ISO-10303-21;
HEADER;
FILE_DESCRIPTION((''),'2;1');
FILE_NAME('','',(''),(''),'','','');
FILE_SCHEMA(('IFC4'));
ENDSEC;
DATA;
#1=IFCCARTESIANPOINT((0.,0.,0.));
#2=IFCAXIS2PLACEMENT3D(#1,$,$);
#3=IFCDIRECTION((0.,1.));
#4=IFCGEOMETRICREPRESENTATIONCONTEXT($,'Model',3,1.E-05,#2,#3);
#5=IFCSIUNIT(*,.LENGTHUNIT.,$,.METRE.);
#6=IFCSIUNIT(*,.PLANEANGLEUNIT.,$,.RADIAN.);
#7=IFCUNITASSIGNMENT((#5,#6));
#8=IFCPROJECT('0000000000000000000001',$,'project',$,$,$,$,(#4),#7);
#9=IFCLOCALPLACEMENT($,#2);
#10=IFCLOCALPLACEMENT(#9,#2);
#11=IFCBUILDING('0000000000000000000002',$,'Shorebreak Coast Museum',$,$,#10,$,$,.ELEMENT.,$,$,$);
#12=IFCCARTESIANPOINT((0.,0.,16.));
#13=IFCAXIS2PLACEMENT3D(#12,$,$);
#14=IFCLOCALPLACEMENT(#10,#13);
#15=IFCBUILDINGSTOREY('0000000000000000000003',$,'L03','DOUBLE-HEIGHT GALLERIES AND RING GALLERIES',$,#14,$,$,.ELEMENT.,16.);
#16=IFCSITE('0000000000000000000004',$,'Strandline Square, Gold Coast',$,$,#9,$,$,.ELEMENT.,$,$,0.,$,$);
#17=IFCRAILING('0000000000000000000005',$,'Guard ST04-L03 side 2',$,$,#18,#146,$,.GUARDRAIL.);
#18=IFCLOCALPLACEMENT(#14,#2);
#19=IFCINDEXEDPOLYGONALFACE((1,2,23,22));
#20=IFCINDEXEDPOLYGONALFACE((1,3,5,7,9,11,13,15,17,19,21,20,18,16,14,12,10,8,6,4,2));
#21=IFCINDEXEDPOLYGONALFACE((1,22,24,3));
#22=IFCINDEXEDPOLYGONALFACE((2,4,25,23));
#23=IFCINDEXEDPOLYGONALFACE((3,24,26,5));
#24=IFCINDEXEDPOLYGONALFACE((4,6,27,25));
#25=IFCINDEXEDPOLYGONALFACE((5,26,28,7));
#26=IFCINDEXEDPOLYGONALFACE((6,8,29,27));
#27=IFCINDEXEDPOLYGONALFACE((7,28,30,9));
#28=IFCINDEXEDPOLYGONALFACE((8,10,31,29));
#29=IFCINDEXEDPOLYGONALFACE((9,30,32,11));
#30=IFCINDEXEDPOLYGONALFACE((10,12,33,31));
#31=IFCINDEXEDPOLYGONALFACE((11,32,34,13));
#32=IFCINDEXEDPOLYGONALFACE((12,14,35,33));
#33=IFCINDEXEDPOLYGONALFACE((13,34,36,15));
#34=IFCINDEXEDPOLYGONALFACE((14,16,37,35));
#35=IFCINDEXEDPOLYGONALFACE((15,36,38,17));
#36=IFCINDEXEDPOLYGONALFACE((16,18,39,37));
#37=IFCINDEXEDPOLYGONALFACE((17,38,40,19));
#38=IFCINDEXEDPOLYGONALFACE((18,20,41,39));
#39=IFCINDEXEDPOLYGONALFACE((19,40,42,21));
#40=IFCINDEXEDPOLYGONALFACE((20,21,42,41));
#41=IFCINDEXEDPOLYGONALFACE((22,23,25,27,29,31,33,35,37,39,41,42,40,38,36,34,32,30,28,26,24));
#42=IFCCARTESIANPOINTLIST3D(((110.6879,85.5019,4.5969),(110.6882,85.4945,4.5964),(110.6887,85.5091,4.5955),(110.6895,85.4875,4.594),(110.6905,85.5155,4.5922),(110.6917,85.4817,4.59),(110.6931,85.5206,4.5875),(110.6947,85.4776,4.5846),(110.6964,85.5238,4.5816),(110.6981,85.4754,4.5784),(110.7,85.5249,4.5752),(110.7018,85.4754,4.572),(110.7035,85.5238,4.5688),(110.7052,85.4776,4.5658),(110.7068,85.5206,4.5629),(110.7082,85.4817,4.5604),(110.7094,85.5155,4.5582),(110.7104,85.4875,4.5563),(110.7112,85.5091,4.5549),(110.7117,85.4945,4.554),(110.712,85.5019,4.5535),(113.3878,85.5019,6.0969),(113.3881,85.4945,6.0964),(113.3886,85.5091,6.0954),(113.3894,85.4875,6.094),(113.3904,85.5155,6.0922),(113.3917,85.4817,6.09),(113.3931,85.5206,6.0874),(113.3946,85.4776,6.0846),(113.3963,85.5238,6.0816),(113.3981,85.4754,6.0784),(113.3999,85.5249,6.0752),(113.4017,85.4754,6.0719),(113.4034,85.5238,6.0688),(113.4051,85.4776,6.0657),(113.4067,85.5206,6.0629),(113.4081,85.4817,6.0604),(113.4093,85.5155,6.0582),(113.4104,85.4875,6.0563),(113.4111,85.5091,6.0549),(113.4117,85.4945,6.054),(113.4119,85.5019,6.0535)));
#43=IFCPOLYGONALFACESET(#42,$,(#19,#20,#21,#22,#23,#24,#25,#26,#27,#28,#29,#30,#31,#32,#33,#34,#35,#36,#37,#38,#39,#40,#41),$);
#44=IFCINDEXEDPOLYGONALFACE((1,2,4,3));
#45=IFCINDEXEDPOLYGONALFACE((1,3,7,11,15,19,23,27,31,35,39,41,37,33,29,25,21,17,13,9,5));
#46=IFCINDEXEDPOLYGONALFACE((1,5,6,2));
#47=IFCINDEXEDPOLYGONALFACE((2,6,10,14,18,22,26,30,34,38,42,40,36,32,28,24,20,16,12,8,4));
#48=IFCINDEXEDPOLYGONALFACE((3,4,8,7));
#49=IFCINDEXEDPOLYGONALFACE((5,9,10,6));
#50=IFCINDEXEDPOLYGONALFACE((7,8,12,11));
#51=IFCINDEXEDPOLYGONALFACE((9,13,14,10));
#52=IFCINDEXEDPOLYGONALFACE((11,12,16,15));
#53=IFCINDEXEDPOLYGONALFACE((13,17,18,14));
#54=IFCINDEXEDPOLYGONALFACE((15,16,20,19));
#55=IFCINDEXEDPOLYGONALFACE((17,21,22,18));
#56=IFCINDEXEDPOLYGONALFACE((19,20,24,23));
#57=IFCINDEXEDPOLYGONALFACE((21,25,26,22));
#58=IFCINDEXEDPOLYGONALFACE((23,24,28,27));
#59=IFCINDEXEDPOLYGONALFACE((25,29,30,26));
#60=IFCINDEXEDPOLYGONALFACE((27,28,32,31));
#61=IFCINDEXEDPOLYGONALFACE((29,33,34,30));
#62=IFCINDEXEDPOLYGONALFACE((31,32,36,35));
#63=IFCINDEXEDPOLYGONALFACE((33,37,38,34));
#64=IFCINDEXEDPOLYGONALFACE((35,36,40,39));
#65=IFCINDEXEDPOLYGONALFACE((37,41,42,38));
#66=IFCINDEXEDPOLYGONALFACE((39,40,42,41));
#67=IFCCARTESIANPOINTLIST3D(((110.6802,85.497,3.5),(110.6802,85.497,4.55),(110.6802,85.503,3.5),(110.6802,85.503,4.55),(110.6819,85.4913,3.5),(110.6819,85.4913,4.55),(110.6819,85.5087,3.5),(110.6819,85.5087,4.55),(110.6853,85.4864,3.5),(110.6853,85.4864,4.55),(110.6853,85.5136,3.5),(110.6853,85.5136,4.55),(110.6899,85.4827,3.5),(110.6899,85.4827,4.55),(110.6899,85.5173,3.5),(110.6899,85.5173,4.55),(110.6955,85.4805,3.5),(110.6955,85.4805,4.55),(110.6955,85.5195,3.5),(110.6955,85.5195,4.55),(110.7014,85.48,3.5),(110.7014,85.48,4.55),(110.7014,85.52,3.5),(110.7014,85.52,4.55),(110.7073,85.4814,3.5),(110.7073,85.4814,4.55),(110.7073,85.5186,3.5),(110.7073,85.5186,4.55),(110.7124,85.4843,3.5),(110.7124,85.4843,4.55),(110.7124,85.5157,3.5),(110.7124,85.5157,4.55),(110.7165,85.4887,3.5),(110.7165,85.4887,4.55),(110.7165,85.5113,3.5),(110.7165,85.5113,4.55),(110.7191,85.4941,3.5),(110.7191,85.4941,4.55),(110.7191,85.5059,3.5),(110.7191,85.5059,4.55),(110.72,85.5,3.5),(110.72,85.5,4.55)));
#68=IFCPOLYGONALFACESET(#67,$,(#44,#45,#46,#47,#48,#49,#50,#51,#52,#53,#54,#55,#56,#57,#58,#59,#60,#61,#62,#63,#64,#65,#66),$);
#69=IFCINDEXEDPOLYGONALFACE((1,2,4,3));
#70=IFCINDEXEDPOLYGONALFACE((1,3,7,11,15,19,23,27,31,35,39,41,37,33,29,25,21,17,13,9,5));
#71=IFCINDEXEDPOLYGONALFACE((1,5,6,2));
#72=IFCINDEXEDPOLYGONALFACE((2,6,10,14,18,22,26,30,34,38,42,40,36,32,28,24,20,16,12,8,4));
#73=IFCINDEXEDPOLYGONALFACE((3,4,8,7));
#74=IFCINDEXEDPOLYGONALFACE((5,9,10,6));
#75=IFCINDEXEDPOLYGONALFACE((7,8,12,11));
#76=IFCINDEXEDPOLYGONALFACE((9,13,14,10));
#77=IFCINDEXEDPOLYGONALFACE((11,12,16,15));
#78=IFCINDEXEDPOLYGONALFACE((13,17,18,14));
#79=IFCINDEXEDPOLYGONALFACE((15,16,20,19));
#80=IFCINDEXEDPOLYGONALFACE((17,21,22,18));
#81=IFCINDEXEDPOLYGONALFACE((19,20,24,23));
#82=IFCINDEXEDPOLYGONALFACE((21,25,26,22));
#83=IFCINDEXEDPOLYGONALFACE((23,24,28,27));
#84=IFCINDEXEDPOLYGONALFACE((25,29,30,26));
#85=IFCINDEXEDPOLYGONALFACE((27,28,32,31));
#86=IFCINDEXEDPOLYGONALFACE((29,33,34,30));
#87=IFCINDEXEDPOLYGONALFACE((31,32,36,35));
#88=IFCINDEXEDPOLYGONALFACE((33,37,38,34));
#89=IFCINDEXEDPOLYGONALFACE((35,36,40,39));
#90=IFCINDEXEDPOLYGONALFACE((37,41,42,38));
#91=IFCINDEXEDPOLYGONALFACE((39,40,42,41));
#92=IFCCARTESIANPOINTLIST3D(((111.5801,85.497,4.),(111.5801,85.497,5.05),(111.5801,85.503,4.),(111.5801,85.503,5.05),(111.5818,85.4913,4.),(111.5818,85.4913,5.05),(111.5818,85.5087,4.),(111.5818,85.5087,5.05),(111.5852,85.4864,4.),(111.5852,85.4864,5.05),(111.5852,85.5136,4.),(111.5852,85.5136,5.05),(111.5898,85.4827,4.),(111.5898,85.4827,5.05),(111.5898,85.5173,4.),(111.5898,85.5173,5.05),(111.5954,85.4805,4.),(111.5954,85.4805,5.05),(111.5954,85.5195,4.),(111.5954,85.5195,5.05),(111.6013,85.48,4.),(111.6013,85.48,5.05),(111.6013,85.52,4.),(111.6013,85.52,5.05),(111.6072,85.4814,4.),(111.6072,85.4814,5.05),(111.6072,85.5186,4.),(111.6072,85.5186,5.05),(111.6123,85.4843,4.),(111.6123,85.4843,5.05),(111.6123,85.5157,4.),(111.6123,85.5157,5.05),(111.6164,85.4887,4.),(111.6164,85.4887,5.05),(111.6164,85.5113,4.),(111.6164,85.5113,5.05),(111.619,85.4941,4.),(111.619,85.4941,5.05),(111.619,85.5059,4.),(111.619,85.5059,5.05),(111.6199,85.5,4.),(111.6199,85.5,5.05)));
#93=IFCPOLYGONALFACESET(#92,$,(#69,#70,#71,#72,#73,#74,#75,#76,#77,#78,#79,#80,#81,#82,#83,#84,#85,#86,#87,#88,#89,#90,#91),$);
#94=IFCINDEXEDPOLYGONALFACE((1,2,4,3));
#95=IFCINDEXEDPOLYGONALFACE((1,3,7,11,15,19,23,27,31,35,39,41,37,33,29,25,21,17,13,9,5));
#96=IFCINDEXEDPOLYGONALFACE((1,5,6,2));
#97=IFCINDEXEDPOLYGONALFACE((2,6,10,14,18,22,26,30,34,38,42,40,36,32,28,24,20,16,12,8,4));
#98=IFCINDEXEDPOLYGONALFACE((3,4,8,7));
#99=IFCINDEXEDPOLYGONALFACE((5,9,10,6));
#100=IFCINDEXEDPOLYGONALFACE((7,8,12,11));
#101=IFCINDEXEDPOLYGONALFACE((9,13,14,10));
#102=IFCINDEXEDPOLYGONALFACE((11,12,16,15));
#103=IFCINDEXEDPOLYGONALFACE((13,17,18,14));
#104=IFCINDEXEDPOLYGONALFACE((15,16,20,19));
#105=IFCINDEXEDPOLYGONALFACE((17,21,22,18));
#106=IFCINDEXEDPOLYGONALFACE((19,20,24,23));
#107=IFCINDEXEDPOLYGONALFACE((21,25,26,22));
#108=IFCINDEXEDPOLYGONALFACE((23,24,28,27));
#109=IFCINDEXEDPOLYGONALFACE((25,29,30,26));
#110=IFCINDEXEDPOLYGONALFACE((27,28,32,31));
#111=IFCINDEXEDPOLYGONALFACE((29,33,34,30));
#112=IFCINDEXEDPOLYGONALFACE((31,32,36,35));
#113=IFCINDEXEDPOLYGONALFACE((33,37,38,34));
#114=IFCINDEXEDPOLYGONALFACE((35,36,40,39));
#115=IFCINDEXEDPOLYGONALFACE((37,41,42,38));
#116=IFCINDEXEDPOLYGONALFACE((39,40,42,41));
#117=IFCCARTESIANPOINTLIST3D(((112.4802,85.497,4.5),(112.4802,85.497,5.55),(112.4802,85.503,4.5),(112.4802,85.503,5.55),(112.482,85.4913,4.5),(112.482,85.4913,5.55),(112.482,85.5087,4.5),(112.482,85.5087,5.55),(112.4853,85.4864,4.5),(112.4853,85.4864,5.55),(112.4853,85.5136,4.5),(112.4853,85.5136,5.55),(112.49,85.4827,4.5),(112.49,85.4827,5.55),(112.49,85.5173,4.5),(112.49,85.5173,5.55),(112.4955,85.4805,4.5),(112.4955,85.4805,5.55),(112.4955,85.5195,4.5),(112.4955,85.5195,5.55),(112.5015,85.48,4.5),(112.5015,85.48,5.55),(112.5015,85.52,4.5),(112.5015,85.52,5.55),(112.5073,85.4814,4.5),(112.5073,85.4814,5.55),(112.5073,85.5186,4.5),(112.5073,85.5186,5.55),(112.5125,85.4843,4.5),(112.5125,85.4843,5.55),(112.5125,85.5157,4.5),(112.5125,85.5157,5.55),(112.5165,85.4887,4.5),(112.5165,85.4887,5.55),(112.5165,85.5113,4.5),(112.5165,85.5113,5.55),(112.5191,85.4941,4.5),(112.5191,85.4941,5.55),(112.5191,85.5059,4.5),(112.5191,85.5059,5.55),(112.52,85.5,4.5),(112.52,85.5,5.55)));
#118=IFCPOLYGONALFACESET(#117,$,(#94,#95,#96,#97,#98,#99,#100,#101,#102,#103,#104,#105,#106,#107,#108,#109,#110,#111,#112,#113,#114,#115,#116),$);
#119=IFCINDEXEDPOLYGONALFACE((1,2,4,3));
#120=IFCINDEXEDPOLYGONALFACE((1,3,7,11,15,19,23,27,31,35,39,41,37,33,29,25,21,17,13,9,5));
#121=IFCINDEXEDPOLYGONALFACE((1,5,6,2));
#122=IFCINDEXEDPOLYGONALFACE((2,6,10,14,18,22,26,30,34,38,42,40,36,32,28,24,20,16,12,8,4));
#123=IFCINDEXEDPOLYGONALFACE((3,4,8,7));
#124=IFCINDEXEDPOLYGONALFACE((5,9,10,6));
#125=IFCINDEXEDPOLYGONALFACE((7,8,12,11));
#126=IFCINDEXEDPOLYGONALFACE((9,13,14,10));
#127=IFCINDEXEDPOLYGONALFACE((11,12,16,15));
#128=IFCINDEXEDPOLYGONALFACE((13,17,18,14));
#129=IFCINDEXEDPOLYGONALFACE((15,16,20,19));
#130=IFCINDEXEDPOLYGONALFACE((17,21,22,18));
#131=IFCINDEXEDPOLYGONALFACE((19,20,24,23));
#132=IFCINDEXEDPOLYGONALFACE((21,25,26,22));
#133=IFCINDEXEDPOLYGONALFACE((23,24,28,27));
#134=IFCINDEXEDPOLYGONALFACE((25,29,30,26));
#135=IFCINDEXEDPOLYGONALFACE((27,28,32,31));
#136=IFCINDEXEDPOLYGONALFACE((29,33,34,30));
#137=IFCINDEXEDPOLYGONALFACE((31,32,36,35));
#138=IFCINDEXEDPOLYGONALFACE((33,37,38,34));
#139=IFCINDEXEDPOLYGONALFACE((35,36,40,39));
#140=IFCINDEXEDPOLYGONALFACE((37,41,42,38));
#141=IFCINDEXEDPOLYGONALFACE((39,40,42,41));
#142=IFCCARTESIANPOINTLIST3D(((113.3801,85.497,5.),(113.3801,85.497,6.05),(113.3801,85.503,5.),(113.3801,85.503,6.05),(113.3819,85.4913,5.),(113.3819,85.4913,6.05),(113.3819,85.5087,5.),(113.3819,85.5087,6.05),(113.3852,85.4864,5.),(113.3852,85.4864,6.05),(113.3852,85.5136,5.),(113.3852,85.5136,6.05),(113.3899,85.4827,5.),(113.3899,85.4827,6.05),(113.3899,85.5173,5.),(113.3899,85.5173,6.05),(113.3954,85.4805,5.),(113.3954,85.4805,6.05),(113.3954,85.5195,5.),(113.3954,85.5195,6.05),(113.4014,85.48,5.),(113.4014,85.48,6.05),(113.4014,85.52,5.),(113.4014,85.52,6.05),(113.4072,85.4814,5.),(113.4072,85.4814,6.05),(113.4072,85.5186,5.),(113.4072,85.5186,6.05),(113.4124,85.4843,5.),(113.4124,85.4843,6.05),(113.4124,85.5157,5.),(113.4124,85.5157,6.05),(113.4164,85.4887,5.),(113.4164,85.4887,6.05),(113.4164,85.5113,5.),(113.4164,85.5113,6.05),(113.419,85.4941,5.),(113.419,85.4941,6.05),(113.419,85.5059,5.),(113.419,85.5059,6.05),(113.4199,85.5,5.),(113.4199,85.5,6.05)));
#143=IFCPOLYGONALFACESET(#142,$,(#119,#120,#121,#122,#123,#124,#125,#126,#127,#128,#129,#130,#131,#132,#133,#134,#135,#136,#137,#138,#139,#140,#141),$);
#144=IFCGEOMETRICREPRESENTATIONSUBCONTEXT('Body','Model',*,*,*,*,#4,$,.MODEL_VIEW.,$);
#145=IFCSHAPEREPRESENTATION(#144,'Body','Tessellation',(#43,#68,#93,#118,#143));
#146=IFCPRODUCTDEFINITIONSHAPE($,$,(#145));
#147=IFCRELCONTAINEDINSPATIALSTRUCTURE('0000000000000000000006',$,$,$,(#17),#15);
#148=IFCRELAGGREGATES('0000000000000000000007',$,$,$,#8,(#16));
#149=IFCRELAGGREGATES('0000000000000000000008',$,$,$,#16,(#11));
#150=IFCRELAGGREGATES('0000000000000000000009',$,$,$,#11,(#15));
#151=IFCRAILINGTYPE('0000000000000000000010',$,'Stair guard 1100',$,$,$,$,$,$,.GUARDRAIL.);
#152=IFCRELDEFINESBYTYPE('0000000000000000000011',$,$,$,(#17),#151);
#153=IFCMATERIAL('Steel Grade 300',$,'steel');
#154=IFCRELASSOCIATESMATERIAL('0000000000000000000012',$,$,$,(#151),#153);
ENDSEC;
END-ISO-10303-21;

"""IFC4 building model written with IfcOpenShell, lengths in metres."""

from ifc_helpers import new_model, si_unit, direction, frame, origin, origin_2d, place, context, subcontext, project, spatial, circle, extrude, material, type_object, element, save


model = new_model("IFC4")

# Units and contexts
model_context = context("Model", 3, precision=1e-05, world=origin(), true_north=direction((0.0, 1.0)))
body_context = subcontext(model_context, "Body", "Model", "MODEL_VIEW")
ifc_project = project(units=[si_unit("LENGTHUNIT", "METRE"), si_unit("PLANEANGLEUNIT", "RADIAN")], contexts=[model_context])

# Site, building, storey
site_placement = place(None, origin())
site = spatial("IfcSite", under=ifc_project, at=site_placement, Name="Strandline Square, Gold Coast", CompositionType="ELEMENT", RefElevation=0.0)
building_placement = place(site_placement, origin())
building = spatial("IfcBuilding", under=site, at=building_placement, Name="Shorebreak Coast Museum", CompositionType="ELEMENT")
storey_placement = place(building_placement, frame((0.0, 0.0, 16.0)))
storey = spatial("IfcBuildingStorey", under=building, at=storey_placement, Name="L03", Description="DOUBLE-HEIGHT GALLERIES AND RING GALLERIES", CompositionType="ELEMENT", Elevation=16.0)

# Railing
ifc_material_1 = material(Name="Steel Grade 300", Category="steel")
railing_type_1 = type_object("IfcRailingType", Name="Stair guard 1100", PredefinedType="GUARDRAIL", material=ifc_material_1)
railing_1_placement = place(storey_placement, frame((110.7, 85.5, 3.5)))
element("IfcRailing", 1, at=railing_1_placement, inside=storey, type_object=railing_type_1, Name="Guard ST04-L03 side 2", PredefinedType="GUARDRAIL", context=body_context, shape_type="SweptSolid", body=[
    extrude(circle(Radius=0.0249, at=origin_2d()), frame((0.0, 0.0, 1.0752), z_axis=(0.874154, 0.0, 0.48565), x_axis=(0.0, 1.0, 0.0)), (0.0, 0.0, 1.0), 3.0886),
    extrude(circle(Radius=0.02, at=origin_2d()), origin(), (0.0, 0.0, 1.0), 1.05),
    extrude(circle(Radius=0.02, at=origin_2d()), frame((0.8999, 0.0, 0.5)), (0.0, 0.0, 1.0), 1.05),
    extrude(circle(Radius=0.02, at=origin_2d()), frame((1.8, 0.0, 1.0)), (0.0, 0.0, 1.0), 1.05),
    extrude(circle(Radius=0.02, at=origin_2d()), frame((2.7, 0.0, 1.5)), (0.0, 0.0, 1.0), 1.05),
])

save(model, "model.ifc")
